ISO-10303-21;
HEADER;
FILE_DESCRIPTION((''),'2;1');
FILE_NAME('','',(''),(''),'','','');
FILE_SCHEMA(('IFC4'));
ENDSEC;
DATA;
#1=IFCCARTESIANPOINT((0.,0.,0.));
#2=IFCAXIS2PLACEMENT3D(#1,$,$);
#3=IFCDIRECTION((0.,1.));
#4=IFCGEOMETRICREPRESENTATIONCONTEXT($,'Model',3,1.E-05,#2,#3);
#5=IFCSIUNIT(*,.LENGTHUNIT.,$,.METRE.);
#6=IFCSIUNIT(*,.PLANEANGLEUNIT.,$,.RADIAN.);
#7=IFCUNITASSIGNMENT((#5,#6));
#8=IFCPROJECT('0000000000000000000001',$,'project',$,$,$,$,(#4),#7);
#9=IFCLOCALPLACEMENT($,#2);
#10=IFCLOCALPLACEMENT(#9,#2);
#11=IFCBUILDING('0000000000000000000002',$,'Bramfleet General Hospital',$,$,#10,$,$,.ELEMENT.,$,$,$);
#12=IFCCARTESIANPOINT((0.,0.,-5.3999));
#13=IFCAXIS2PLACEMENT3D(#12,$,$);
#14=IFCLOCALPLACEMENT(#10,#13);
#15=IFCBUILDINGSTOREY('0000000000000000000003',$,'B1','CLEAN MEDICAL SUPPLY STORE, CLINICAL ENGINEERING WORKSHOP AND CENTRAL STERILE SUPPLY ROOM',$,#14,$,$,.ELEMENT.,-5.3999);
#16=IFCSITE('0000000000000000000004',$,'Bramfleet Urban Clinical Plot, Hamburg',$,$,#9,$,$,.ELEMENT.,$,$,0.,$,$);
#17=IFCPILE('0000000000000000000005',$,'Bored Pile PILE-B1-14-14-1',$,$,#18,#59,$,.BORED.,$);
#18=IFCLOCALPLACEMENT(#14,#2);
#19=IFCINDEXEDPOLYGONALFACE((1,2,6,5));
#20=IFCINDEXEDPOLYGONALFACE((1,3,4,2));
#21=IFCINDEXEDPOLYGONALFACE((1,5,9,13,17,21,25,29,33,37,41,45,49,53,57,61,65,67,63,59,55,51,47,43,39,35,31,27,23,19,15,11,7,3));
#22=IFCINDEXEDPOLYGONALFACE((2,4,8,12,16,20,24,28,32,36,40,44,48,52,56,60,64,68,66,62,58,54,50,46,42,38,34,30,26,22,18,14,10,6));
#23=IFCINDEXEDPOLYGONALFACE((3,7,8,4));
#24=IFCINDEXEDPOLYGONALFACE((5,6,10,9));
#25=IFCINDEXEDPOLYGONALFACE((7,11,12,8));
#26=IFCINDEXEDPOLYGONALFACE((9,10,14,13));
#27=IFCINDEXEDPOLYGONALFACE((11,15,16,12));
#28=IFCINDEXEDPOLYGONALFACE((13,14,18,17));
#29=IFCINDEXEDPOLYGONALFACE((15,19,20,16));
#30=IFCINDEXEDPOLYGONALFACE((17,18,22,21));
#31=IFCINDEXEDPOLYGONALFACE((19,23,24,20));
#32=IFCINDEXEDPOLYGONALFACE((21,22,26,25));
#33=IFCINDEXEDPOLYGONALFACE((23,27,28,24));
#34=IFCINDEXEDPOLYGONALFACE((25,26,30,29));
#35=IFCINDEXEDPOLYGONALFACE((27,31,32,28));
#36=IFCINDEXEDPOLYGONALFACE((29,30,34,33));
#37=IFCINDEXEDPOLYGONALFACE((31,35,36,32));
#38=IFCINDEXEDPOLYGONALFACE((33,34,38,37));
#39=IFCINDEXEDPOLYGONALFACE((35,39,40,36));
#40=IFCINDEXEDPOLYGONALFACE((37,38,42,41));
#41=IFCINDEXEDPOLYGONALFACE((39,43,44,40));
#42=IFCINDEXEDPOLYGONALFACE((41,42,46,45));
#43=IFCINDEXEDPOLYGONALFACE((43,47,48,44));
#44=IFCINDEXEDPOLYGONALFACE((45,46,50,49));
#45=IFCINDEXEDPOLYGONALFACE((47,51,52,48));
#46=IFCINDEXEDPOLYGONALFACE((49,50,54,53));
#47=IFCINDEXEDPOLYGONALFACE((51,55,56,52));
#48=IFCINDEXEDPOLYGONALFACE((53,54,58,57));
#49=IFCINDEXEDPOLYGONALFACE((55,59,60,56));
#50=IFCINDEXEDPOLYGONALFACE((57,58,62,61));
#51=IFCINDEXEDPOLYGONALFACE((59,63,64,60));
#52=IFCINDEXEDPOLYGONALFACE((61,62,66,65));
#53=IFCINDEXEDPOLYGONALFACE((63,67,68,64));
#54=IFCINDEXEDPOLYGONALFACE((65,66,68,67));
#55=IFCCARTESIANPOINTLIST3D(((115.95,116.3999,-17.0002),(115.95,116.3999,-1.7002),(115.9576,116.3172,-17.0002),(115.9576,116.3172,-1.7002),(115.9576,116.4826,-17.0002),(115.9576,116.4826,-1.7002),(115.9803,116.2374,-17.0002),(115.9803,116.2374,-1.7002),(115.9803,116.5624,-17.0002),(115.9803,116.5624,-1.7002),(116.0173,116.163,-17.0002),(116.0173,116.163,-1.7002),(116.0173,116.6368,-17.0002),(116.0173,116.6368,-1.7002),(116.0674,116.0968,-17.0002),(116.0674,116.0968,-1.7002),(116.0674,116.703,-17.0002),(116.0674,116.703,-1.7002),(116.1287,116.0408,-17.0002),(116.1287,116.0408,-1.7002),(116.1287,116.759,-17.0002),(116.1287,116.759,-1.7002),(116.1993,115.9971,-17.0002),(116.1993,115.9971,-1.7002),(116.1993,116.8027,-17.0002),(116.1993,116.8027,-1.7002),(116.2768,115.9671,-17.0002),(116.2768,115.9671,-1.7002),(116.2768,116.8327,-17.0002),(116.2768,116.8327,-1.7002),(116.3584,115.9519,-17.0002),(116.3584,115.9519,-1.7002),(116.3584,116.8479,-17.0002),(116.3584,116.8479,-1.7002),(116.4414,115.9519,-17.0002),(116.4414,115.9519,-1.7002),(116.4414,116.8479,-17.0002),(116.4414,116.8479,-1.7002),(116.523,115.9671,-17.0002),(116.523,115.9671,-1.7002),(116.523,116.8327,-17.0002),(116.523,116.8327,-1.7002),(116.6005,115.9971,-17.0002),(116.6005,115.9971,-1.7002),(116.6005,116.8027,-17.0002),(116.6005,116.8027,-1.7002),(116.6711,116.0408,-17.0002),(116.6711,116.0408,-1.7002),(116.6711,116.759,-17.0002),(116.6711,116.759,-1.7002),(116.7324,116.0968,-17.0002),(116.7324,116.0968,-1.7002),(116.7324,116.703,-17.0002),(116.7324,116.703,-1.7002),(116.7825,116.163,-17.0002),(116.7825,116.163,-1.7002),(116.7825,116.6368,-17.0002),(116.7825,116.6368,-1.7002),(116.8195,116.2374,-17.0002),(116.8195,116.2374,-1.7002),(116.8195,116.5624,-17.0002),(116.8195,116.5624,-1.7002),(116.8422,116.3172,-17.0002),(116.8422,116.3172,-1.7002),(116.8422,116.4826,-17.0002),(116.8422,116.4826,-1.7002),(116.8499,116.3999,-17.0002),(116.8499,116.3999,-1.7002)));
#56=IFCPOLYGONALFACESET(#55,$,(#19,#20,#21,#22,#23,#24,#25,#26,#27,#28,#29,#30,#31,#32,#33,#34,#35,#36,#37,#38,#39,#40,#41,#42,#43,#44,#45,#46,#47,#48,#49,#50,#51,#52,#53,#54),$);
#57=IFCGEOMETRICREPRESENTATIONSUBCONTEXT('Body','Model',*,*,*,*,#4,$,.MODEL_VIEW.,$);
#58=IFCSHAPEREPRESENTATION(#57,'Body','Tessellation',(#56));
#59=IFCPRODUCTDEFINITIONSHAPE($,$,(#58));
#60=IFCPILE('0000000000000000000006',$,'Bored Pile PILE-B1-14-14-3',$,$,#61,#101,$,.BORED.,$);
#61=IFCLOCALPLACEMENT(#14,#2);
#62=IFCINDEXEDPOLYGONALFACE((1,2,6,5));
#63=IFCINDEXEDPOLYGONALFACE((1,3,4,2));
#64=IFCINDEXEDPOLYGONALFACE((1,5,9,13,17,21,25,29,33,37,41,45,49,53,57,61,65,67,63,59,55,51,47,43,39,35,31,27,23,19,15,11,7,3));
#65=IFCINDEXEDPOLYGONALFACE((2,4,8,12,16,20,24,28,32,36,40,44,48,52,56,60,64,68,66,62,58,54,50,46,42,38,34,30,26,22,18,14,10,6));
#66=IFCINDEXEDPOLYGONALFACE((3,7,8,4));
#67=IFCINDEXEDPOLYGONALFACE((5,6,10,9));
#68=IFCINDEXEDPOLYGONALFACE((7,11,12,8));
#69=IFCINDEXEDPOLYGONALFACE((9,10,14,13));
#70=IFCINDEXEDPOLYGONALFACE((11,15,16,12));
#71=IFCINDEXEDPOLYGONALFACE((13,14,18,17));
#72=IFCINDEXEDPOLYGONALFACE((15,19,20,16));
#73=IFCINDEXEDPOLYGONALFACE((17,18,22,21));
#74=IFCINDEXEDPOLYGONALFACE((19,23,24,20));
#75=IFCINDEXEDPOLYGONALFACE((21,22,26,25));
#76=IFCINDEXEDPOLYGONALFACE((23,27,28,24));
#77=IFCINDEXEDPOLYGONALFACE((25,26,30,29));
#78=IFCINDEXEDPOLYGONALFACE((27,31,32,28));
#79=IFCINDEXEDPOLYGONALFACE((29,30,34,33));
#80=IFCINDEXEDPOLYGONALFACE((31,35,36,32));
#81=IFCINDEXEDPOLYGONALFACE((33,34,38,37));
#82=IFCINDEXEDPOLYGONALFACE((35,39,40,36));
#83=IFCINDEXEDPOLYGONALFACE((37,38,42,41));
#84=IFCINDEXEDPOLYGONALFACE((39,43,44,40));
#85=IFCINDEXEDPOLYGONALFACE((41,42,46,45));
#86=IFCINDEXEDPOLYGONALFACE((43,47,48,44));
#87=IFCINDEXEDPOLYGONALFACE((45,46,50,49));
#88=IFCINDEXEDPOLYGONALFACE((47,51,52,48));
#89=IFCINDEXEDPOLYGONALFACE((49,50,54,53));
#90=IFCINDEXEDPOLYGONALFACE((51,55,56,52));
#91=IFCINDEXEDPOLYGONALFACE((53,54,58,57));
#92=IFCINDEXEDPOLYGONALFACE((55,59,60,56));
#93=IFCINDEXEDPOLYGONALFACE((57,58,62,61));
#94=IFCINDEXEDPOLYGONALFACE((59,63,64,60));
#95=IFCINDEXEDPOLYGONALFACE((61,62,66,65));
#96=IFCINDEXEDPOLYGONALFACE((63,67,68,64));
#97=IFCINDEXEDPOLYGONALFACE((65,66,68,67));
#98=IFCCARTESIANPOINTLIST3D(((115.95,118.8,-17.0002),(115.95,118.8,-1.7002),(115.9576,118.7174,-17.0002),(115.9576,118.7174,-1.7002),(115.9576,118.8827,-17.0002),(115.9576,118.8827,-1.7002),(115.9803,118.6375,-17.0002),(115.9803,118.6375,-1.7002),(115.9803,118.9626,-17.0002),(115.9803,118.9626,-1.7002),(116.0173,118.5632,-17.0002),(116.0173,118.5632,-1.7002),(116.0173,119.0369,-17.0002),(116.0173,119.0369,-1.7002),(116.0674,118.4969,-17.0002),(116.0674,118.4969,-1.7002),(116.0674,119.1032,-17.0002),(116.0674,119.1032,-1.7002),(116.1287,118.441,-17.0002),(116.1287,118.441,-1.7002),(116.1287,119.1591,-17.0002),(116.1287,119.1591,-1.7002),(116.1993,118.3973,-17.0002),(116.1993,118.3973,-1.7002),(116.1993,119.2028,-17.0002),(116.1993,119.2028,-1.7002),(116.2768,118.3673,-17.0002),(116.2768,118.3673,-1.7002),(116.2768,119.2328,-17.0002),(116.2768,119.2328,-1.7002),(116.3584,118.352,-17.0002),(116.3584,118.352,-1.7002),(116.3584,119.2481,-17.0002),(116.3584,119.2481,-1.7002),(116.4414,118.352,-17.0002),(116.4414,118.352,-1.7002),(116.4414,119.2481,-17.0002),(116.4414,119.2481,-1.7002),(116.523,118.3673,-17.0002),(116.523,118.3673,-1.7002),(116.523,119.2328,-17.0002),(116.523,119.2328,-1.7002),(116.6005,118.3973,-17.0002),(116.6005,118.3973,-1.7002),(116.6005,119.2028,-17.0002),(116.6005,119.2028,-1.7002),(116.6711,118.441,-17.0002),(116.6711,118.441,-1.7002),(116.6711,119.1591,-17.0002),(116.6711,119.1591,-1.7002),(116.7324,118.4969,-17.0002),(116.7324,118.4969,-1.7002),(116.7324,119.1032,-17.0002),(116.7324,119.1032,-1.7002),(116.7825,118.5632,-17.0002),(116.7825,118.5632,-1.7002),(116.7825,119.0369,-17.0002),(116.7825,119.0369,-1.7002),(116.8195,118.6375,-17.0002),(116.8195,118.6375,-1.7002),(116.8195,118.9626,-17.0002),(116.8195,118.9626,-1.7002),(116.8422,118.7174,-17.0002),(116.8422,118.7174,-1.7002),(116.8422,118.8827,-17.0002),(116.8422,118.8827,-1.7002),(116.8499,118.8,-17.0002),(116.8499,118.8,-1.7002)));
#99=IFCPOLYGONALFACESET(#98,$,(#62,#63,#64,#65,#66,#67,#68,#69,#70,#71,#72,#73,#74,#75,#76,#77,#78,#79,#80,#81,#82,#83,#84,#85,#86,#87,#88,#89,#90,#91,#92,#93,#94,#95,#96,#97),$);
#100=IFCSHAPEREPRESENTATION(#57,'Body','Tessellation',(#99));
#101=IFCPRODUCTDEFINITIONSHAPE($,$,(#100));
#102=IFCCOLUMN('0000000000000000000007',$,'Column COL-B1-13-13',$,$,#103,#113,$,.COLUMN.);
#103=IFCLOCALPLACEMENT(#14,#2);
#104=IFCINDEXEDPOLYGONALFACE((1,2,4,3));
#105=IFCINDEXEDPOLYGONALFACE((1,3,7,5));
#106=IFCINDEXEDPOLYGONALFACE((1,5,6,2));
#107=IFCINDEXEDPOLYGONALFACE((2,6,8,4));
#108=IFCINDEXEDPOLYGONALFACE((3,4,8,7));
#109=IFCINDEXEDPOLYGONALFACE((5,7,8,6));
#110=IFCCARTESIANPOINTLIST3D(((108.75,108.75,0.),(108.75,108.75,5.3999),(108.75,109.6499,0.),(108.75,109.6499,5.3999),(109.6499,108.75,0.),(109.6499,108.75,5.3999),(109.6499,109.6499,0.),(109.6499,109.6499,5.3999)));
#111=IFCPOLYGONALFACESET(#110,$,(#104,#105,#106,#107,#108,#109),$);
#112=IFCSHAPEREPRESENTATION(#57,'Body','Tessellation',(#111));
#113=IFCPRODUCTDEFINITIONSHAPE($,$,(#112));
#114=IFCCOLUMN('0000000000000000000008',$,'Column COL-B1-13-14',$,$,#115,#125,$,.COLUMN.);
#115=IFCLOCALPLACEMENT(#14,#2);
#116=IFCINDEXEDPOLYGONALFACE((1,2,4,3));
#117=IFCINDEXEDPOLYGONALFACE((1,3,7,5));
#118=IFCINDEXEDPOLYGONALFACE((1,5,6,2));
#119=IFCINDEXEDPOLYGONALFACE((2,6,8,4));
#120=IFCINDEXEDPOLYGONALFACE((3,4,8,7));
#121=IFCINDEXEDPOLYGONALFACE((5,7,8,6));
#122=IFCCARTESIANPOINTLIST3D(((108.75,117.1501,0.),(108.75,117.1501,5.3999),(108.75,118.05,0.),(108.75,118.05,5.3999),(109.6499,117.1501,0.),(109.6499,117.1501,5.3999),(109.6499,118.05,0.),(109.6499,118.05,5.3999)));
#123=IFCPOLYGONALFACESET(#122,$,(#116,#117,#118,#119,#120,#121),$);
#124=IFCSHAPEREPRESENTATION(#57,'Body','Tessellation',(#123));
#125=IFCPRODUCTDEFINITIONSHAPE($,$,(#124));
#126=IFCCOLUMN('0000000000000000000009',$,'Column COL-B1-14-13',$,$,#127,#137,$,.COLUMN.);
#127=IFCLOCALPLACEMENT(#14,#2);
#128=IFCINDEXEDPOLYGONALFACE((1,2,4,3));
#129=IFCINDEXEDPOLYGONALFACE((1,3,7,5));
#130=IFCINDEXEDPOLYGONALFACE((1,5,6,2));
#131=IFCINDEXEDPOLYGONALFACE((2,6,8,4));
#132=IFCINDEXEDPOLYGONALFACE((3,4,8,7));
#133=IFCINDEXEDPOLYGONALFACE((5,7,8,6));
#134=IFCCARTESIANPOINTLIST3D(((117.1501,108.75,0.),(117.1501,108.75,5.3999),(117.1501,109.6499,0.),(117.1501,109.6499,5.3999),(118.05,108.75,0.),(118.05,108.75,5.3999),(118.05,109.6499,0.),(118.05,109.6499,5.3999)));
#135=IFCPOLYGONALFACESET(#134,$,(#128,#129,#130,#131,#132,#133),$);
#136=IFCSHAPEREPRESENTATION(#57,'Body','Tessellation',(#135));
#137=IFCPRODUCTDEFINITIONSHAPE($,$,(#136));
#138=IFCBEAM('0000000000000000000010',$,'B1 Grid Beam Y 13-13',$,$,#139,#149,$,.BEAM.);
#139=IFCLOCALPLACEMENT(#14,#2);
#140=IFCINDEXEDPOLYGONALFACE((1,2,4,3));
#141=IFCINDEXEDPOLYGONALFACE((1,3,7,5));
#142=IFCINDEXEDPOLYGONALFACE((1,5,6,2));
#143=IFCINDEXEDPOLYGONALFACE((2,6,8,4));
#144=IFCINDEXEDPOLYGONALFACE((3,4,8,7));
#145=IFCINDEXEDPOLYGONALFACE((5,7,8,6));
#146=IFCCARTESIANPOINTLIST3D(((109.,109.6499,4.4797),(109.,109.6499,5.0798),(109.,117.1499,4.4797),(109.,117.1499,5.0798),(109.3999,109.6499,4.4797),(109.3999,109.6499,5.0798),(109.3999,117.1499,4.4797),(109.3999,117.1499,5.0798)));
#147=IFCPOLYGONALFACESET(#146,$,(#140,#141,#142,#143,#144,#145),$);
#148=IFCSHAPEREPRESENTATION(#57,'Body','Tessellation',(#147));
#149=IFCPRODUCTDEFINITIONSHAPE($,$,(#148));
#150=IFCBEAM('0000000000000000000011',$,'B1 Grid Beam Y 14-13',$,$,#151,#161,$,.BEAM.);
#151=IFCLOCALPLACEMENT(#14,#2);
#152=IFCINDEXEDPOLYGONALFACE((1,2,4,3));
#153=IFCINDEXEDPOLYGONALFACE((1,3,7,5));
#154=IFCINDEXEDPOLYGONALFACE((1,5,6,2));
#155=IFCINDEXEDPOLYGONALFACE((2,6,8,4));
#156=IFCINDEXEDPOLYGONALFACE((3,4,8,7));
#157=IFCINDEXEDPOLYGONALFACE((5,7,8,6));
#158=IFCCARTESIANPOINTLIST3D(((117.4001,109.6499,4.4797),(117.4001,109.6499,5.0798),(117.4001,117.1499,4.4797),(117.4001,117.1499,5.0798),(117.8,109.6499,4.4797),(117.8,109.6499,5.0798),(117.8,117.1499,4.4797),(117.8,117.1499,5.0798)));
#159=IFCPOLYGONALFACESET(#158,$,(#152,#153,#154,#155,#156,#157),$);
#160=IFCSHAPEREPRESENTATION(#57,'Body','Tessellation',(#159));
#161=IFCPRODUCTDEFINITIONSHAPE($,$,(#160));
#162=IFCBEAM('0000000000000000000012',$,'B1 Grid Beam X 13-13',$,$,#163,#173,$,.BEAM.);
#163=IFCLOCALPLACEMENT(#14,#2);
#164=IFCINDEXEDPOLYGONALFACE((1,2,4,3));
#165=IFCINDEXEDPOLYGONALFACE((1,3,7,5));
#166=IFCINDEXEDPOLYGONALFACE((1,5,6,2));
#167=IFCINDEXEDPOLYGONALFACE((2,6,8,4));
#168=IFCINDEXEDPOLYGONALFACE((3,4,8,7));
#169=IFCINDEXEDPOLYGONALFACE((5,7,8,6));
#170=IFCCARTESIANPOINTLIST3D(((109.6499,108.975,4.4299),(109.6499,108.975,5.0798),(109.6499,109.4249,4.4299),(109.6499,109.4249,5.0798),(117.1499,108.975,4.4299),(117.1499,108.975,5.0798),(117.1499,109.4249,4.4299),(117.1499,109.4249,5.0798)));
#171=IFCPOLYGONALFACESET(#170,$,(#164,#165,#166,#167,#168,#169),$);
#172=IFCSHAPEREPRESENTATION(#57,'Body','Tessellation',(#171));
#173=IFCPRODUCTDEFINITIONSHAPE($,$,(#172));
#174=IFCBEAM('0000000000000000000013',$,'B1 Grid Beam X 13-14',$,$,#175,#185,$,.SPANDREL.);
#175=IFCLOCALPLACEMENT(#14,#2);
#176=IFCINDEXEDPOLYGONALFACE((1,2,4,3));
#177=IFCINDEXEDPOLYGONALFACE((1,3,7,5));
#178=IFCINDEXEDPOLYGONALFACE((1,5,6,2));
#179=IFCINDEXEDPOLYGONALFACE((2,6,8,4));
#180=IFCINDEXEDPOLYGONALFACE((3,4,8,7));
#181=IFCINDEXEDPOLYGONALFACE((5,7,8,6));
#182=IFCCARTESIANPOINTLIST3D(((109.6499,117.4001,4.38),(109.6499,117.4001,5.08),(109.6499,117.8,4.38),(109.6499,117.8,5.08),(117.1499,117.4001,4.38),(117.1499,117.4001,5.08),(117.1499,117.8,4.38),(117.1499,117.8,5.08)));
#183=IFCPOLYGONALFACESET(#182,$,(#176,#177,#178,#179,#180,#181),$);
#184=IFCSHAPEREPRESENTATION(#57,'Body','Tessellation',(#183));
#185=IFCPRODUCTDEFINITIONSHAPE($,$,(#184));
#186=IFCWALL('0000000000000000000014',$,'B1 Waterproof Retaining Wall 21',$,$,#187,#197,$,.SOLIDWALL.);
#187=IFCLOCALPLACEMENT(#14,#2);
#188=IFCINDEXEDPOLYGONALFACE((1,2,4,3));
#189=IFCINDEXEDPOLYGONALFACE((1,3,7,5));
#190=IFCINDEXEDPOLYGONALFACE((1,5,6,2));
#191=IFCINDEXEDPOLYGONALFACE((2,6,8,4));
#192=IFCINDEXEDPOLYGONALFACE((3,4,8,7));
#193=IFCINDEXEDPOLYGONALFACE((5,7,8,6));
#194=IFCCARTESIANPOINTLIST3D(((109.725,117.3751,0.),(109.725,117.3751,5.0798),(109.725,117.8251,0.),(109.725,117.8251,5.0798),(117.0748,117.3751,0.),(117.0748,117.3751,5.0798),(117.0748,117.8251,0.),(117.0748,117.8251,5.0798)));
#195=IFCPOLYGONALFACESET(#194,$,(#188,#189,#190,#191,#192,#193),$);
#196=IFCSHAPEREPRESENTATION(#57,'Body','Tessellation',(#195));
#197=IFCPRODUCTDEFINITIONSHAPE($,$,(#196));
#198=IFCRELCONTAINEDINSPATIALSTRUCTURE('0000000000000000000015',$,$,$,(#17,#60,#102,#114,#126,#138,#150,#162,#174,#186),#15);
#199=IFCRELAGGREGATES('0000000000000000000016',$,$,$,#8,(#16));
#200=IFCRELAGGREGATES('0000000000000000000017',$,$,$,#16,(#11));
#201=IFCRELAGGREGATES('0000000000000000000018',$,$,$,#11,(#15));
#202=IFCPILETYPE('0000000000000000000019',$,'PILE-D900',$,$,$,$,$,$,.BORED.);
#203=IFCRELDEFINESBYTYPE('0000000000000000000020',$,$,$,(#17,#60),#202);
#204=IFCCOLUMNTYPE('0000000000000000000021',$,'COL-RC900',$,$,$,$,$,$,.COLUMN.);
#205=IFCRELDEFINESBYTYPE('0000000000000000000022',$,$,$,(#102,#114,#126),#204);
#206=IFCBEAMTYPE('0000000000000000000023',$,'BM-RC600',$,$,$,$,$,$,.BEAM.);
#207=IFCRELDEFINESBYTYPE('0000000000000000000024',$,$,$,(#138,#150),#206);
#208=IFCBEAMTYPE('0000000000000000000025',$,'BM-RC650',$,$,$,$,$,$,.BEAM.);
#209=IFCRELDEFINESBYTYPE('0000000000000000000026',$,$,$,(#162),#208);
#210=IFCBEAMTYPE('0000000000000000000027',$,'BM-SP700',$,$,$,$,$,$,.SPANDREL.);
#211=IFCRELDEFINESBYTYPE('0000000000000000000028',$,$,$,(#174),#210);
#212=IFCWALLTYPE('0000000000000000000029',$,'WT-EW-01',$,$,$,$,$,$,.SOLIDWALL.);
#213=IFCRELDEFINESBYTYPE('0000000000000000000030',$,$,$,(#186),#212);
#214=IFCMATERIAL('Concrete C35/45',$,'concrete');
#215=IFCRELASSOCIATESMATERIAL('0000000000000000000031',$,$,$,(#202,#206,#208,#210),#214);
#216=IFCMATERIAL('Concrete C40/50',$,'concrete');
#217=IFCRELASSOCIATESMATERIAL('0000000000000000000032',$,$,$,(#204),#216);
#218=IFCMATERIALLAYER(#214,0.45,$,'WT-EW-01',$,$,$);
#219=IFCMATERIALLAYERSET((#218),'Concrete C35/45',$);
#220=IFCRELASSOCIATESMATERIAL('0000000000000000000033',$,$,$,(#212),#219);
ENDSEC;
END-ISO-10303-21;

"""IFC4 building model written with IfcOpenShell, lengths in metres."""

from ifc_helpers import new_model, si_unit, direction, frame, frame_2d, origin, origin_2d, place, context, subcontext, project, spatial, rectangle, circle, extrude, material, layer, layer_set, material_profile, profile_set, type_object, element, save


model = new_model("IFC4")

# Units and contexts
model_context = context("Model", 3, precision=1e-05, world=origin(), true_north=direction((0.0, 1.0)))
body_context = subcontext(model_context, "Body", "Model", "MODEL_VIEW")
ifc_project = project(units=[si_unit("LENGTHUNIT", "METRE"), si_unit("PLANEANGLEUNIT", "RADIAN")], contexts=[model_context])

# Site, building, storey
site_placement = place(None, origin())
site = spatial("IfcSite", under=ifc_project, at=site_placement, Name="Bramfleet Urban Clinical Plot, Hamburg", CompositionType="ELEMENT", RefElevation=0.0)
building_placement = place(site_placement, origin())
building = spatial("IfcBuilding", under=site, at=building_placement, Name="Bramfleet General Hospital", CompositionType="ELEMENT")
storey_placement = place(building_placement, frame((0.0, 0.0, -5.3999)))
storey = spatial("IfcBuildingStorey", under=building, at=storey_placement, Name="B1", Description="CLEAN MEDICAL SUPPLY STORE, CLINICAL ENGINEERING WORKSHOP AND CENTRAL STERILE SUPPLY ROOM", CompositionType="ELEMENT", Elevation=-5.3999)

# Shared definitions
ifc_material_1 = material(Name="Concrete C35/45", Category="concrete")

# Piles
ifc_material_profile_1 = material_profile(ifc_material_1, circle(Radius=0.45, at=origin_2d()), Name="PILE BORED D900")
ifc_profile_set_1 = profile_set([ifc_material_profile_1], Name="Concrete C35/45")
pile_type_1 = type_object("IfcPileType", Name="PILE-D900", PredefinedType="BORED", material=ifc_profile_set_1)
for number, where, z_axis, x_axis, name in (
    (1, (116.3999, 116.3999, -1.7002), (0.0, 0.0, -1.0), (1.0, 0.0, 0.0), "Bored Pile PILE-B1-14-14-1"),
    (2, (116.3999, 118.8, -1.7002), (0.0, 0.0, -1.0), (1.0, 0.0, 0.0), "Bored Pile PILE-B1-14-14-3"),
):
    element("IfcPile", number, at=place(storey_placement, frame(where, z_axis=z_axis, x_axis=x_axis)), inside=storey, type_object=pile_type_1, Name=name, PredefinedType="BORED", context=body_context, shape_type="SweptSolid", body=[
        extrude(circle(Radius=0.45, at=origin_2d()), origin(), (0.0, 0.0, 1.0), 15.3),
    ])

# Columns
ifc_material_2 = material(Name="Concrete C40/50", Category="concrete")
ifc_material_profile_2 = material_profile(ifc_material_2, rectangle(XDim=0.8999, YDim=0.8999, at=origin_2d()), Name="RC COL 900x900")
ifc_profile_set_2 = profile_set([ifc_material_profile_2], Name="Concrete C40/50")
column_type = type_object("IfcColumnType", Name="COL-RC900", PredefinedType="COLUMN", material=ifc_profile_set_2)
for number, where, z_axis, x_axis, name in (
    (3, (109.2, 109.2, 0.0), (0.0, 0.0, 1.0), (1.0, 0.0, 0.0), "Column COL-B1-13-13"),
    (4, (109.2, 117.6001, 0.0), (0.0, 0.0, 1.0), (1.0, 0.0, 0.0), "Column COL-B1-13-14"),
    (5, (117.6001, 109.2, 0.0), (0.0, 0.0, 1.0), (1.0, 0.0, 0.0), "Column COL-B1-14-13"),
):
    element("IfcColumn", number, at=place(storey_placement, frame(where, z_axis=z_axis, x_axis=x_axis)), inside=storey, type_object=column_type, Name=name, PredefinedType="COLUMN", context=body_context, shape_type="SweptSolid", body=[
        extrude(rectangle(XDim=0.8999, YDim=0.8999, at=origin_2d()), origin(), (0.0, 0.0, 1.0), 5.3999),
    ])

# Beams
ifc_material_profile_3 = material_profile(ifc_material_1, rectangle(XDim=0.3999, YDim=0.6001, at=origin_2d()), Name="RC BM 600x400")
ifc_profile_set_3 = profile_set([ifc_material_profile_3], Name="Concrete C35/45")
beam_type_1 = type_object("IfcBeamType", Name="BM-RC600", PredefinedType="BEAM", material=ifc_profile_set_3)
for number, where, z_axis, x_axis, name in (
    (6, (109.2, 109.6499, 4.7798), (0.0, 1.0, 0.0), (-1.0, 0.0, 0.0), "B1 Grid Beam Y 13-13"),
    (7, (117.6001, 109.6499, 4.7798), (0.0, 1.0, 0.0), (-1.0, 0.0, 0.0), "B1 Grid Beam Y 14-13"),
):
    element("IfcBeam", number, at=place(storey_placement, frame(where, z_axis=z_axis, x_axis=x_axis)), inside=storey, type_object=beam_type_1, Name=name, PredefinedType="BEAM", context=body_context, shape_type="SweptSolid", body=[
        extrude(rectangle(XDim=0.3999, YDim=0.6001, at=origin_2d()), origin(), (0.0, 0.0, 1.0), 7.5),
    ])
ifc_material_profile_4 = material_profile(ifc_material_1, rectangle(XDim=0.45, YDim=0.6499, at=origin_2d()), Name="RC BM 650x450")
ifc_profile_set_4 = profile_set([ifc_material_profile_4], Name="Concrete C35/45")
beam_type_2 = type_object("IfcBeamType", Name="BM-RC650", PredefinedType="BEAM", material=ifc_profile_set_4)
beam_1_placement = place(storey_placement, frame((109.6499, 109.2, 4.7549), z_axis=(1.0, 0.0, 0.0), x_axis=(0.0, 1.0, 0.0)))
element("IfcBeam", 8, at=beam_1_placement, inside=storey, type_object=beam_type_2, Name="B1 Grid Beam X 13-13", PredefinedType="BEAM", context=body_context, shape_type="SweptSolid", body=[
    extrude(rectangle(XDim=0.45, YDim=0.6499, at=origin_2d()), origin(), (0.0, 0.0, 1.0), 7.5),
])
ifc_material_profile_5 = material_profile(ifc_material_1, rectangle(XDim=0.3999, YDim=0.7, at=origin_2d()), Name="RC SP 700x400")
ifc_profile_set_5 = profile_set([ifc_material_profile_5], Name="Concrete C35/45")
beam_type_3 = type_object("IfcBeamType", Name="BM-SP700", PredefinedType="SPANDREL", material=ifc_profile_set_5)
beam_2_placement = place(storey_placement, frame((109.6499, 117.6001, 4.73), z_axis=(1.0, 0.0, 0.0), x_axis=(0.0, 1.0, 0.0)))
element("IfcBeam", 9, at=beam_2_placement, inside=storey, type_object=beam_type_3, Name="B1 Grid Beam X 13-14", PredefinedType="SPANDREL", context=body_context, shape_type="SweptSolid", body=[
    extrude(rectangle(XDim=0.3999, YDim=0.7, at=origin_2d()), origin(), (0.0, 0.0, 1.0), 7.5),
])

# Wall
ifc_layer_1 = layer(ifc_material_1, 0.45, Name="WT-EW-01")
ifc_layer_set_1 = layer_set([ifc_layer_1], Name="Concrete C35/45")
wall_type_1 = type_object("IfcWallType", Name="WT-EW-01", PredefinedType="SOLIDWALL", material=ifc_layer_set_1)
wall_1_placement = place(storey_placement, frame((109.7251, 117.6001, 0.0), z_axis=(0.0, 0.0, 1.0), x_axis=(1.0, 0.0, 0.0)))
element("IfcWall", 10, at=wall_1_placement, inside=storey, type_object=wall_type_1, Name="B1 Waterproof Retaining Wall 21", PredefinedType="SOLIDWALL", context=body_context, shape_type="SweptSolid", body=[
    extrude(rectangle(XDim=7.3499, YDim=0.45, at=frame_2d((3.6748, 0.0))), origin(), (0.0, 0.0, 1.0), 5.0798),
])

save(model, "model.ifc")
